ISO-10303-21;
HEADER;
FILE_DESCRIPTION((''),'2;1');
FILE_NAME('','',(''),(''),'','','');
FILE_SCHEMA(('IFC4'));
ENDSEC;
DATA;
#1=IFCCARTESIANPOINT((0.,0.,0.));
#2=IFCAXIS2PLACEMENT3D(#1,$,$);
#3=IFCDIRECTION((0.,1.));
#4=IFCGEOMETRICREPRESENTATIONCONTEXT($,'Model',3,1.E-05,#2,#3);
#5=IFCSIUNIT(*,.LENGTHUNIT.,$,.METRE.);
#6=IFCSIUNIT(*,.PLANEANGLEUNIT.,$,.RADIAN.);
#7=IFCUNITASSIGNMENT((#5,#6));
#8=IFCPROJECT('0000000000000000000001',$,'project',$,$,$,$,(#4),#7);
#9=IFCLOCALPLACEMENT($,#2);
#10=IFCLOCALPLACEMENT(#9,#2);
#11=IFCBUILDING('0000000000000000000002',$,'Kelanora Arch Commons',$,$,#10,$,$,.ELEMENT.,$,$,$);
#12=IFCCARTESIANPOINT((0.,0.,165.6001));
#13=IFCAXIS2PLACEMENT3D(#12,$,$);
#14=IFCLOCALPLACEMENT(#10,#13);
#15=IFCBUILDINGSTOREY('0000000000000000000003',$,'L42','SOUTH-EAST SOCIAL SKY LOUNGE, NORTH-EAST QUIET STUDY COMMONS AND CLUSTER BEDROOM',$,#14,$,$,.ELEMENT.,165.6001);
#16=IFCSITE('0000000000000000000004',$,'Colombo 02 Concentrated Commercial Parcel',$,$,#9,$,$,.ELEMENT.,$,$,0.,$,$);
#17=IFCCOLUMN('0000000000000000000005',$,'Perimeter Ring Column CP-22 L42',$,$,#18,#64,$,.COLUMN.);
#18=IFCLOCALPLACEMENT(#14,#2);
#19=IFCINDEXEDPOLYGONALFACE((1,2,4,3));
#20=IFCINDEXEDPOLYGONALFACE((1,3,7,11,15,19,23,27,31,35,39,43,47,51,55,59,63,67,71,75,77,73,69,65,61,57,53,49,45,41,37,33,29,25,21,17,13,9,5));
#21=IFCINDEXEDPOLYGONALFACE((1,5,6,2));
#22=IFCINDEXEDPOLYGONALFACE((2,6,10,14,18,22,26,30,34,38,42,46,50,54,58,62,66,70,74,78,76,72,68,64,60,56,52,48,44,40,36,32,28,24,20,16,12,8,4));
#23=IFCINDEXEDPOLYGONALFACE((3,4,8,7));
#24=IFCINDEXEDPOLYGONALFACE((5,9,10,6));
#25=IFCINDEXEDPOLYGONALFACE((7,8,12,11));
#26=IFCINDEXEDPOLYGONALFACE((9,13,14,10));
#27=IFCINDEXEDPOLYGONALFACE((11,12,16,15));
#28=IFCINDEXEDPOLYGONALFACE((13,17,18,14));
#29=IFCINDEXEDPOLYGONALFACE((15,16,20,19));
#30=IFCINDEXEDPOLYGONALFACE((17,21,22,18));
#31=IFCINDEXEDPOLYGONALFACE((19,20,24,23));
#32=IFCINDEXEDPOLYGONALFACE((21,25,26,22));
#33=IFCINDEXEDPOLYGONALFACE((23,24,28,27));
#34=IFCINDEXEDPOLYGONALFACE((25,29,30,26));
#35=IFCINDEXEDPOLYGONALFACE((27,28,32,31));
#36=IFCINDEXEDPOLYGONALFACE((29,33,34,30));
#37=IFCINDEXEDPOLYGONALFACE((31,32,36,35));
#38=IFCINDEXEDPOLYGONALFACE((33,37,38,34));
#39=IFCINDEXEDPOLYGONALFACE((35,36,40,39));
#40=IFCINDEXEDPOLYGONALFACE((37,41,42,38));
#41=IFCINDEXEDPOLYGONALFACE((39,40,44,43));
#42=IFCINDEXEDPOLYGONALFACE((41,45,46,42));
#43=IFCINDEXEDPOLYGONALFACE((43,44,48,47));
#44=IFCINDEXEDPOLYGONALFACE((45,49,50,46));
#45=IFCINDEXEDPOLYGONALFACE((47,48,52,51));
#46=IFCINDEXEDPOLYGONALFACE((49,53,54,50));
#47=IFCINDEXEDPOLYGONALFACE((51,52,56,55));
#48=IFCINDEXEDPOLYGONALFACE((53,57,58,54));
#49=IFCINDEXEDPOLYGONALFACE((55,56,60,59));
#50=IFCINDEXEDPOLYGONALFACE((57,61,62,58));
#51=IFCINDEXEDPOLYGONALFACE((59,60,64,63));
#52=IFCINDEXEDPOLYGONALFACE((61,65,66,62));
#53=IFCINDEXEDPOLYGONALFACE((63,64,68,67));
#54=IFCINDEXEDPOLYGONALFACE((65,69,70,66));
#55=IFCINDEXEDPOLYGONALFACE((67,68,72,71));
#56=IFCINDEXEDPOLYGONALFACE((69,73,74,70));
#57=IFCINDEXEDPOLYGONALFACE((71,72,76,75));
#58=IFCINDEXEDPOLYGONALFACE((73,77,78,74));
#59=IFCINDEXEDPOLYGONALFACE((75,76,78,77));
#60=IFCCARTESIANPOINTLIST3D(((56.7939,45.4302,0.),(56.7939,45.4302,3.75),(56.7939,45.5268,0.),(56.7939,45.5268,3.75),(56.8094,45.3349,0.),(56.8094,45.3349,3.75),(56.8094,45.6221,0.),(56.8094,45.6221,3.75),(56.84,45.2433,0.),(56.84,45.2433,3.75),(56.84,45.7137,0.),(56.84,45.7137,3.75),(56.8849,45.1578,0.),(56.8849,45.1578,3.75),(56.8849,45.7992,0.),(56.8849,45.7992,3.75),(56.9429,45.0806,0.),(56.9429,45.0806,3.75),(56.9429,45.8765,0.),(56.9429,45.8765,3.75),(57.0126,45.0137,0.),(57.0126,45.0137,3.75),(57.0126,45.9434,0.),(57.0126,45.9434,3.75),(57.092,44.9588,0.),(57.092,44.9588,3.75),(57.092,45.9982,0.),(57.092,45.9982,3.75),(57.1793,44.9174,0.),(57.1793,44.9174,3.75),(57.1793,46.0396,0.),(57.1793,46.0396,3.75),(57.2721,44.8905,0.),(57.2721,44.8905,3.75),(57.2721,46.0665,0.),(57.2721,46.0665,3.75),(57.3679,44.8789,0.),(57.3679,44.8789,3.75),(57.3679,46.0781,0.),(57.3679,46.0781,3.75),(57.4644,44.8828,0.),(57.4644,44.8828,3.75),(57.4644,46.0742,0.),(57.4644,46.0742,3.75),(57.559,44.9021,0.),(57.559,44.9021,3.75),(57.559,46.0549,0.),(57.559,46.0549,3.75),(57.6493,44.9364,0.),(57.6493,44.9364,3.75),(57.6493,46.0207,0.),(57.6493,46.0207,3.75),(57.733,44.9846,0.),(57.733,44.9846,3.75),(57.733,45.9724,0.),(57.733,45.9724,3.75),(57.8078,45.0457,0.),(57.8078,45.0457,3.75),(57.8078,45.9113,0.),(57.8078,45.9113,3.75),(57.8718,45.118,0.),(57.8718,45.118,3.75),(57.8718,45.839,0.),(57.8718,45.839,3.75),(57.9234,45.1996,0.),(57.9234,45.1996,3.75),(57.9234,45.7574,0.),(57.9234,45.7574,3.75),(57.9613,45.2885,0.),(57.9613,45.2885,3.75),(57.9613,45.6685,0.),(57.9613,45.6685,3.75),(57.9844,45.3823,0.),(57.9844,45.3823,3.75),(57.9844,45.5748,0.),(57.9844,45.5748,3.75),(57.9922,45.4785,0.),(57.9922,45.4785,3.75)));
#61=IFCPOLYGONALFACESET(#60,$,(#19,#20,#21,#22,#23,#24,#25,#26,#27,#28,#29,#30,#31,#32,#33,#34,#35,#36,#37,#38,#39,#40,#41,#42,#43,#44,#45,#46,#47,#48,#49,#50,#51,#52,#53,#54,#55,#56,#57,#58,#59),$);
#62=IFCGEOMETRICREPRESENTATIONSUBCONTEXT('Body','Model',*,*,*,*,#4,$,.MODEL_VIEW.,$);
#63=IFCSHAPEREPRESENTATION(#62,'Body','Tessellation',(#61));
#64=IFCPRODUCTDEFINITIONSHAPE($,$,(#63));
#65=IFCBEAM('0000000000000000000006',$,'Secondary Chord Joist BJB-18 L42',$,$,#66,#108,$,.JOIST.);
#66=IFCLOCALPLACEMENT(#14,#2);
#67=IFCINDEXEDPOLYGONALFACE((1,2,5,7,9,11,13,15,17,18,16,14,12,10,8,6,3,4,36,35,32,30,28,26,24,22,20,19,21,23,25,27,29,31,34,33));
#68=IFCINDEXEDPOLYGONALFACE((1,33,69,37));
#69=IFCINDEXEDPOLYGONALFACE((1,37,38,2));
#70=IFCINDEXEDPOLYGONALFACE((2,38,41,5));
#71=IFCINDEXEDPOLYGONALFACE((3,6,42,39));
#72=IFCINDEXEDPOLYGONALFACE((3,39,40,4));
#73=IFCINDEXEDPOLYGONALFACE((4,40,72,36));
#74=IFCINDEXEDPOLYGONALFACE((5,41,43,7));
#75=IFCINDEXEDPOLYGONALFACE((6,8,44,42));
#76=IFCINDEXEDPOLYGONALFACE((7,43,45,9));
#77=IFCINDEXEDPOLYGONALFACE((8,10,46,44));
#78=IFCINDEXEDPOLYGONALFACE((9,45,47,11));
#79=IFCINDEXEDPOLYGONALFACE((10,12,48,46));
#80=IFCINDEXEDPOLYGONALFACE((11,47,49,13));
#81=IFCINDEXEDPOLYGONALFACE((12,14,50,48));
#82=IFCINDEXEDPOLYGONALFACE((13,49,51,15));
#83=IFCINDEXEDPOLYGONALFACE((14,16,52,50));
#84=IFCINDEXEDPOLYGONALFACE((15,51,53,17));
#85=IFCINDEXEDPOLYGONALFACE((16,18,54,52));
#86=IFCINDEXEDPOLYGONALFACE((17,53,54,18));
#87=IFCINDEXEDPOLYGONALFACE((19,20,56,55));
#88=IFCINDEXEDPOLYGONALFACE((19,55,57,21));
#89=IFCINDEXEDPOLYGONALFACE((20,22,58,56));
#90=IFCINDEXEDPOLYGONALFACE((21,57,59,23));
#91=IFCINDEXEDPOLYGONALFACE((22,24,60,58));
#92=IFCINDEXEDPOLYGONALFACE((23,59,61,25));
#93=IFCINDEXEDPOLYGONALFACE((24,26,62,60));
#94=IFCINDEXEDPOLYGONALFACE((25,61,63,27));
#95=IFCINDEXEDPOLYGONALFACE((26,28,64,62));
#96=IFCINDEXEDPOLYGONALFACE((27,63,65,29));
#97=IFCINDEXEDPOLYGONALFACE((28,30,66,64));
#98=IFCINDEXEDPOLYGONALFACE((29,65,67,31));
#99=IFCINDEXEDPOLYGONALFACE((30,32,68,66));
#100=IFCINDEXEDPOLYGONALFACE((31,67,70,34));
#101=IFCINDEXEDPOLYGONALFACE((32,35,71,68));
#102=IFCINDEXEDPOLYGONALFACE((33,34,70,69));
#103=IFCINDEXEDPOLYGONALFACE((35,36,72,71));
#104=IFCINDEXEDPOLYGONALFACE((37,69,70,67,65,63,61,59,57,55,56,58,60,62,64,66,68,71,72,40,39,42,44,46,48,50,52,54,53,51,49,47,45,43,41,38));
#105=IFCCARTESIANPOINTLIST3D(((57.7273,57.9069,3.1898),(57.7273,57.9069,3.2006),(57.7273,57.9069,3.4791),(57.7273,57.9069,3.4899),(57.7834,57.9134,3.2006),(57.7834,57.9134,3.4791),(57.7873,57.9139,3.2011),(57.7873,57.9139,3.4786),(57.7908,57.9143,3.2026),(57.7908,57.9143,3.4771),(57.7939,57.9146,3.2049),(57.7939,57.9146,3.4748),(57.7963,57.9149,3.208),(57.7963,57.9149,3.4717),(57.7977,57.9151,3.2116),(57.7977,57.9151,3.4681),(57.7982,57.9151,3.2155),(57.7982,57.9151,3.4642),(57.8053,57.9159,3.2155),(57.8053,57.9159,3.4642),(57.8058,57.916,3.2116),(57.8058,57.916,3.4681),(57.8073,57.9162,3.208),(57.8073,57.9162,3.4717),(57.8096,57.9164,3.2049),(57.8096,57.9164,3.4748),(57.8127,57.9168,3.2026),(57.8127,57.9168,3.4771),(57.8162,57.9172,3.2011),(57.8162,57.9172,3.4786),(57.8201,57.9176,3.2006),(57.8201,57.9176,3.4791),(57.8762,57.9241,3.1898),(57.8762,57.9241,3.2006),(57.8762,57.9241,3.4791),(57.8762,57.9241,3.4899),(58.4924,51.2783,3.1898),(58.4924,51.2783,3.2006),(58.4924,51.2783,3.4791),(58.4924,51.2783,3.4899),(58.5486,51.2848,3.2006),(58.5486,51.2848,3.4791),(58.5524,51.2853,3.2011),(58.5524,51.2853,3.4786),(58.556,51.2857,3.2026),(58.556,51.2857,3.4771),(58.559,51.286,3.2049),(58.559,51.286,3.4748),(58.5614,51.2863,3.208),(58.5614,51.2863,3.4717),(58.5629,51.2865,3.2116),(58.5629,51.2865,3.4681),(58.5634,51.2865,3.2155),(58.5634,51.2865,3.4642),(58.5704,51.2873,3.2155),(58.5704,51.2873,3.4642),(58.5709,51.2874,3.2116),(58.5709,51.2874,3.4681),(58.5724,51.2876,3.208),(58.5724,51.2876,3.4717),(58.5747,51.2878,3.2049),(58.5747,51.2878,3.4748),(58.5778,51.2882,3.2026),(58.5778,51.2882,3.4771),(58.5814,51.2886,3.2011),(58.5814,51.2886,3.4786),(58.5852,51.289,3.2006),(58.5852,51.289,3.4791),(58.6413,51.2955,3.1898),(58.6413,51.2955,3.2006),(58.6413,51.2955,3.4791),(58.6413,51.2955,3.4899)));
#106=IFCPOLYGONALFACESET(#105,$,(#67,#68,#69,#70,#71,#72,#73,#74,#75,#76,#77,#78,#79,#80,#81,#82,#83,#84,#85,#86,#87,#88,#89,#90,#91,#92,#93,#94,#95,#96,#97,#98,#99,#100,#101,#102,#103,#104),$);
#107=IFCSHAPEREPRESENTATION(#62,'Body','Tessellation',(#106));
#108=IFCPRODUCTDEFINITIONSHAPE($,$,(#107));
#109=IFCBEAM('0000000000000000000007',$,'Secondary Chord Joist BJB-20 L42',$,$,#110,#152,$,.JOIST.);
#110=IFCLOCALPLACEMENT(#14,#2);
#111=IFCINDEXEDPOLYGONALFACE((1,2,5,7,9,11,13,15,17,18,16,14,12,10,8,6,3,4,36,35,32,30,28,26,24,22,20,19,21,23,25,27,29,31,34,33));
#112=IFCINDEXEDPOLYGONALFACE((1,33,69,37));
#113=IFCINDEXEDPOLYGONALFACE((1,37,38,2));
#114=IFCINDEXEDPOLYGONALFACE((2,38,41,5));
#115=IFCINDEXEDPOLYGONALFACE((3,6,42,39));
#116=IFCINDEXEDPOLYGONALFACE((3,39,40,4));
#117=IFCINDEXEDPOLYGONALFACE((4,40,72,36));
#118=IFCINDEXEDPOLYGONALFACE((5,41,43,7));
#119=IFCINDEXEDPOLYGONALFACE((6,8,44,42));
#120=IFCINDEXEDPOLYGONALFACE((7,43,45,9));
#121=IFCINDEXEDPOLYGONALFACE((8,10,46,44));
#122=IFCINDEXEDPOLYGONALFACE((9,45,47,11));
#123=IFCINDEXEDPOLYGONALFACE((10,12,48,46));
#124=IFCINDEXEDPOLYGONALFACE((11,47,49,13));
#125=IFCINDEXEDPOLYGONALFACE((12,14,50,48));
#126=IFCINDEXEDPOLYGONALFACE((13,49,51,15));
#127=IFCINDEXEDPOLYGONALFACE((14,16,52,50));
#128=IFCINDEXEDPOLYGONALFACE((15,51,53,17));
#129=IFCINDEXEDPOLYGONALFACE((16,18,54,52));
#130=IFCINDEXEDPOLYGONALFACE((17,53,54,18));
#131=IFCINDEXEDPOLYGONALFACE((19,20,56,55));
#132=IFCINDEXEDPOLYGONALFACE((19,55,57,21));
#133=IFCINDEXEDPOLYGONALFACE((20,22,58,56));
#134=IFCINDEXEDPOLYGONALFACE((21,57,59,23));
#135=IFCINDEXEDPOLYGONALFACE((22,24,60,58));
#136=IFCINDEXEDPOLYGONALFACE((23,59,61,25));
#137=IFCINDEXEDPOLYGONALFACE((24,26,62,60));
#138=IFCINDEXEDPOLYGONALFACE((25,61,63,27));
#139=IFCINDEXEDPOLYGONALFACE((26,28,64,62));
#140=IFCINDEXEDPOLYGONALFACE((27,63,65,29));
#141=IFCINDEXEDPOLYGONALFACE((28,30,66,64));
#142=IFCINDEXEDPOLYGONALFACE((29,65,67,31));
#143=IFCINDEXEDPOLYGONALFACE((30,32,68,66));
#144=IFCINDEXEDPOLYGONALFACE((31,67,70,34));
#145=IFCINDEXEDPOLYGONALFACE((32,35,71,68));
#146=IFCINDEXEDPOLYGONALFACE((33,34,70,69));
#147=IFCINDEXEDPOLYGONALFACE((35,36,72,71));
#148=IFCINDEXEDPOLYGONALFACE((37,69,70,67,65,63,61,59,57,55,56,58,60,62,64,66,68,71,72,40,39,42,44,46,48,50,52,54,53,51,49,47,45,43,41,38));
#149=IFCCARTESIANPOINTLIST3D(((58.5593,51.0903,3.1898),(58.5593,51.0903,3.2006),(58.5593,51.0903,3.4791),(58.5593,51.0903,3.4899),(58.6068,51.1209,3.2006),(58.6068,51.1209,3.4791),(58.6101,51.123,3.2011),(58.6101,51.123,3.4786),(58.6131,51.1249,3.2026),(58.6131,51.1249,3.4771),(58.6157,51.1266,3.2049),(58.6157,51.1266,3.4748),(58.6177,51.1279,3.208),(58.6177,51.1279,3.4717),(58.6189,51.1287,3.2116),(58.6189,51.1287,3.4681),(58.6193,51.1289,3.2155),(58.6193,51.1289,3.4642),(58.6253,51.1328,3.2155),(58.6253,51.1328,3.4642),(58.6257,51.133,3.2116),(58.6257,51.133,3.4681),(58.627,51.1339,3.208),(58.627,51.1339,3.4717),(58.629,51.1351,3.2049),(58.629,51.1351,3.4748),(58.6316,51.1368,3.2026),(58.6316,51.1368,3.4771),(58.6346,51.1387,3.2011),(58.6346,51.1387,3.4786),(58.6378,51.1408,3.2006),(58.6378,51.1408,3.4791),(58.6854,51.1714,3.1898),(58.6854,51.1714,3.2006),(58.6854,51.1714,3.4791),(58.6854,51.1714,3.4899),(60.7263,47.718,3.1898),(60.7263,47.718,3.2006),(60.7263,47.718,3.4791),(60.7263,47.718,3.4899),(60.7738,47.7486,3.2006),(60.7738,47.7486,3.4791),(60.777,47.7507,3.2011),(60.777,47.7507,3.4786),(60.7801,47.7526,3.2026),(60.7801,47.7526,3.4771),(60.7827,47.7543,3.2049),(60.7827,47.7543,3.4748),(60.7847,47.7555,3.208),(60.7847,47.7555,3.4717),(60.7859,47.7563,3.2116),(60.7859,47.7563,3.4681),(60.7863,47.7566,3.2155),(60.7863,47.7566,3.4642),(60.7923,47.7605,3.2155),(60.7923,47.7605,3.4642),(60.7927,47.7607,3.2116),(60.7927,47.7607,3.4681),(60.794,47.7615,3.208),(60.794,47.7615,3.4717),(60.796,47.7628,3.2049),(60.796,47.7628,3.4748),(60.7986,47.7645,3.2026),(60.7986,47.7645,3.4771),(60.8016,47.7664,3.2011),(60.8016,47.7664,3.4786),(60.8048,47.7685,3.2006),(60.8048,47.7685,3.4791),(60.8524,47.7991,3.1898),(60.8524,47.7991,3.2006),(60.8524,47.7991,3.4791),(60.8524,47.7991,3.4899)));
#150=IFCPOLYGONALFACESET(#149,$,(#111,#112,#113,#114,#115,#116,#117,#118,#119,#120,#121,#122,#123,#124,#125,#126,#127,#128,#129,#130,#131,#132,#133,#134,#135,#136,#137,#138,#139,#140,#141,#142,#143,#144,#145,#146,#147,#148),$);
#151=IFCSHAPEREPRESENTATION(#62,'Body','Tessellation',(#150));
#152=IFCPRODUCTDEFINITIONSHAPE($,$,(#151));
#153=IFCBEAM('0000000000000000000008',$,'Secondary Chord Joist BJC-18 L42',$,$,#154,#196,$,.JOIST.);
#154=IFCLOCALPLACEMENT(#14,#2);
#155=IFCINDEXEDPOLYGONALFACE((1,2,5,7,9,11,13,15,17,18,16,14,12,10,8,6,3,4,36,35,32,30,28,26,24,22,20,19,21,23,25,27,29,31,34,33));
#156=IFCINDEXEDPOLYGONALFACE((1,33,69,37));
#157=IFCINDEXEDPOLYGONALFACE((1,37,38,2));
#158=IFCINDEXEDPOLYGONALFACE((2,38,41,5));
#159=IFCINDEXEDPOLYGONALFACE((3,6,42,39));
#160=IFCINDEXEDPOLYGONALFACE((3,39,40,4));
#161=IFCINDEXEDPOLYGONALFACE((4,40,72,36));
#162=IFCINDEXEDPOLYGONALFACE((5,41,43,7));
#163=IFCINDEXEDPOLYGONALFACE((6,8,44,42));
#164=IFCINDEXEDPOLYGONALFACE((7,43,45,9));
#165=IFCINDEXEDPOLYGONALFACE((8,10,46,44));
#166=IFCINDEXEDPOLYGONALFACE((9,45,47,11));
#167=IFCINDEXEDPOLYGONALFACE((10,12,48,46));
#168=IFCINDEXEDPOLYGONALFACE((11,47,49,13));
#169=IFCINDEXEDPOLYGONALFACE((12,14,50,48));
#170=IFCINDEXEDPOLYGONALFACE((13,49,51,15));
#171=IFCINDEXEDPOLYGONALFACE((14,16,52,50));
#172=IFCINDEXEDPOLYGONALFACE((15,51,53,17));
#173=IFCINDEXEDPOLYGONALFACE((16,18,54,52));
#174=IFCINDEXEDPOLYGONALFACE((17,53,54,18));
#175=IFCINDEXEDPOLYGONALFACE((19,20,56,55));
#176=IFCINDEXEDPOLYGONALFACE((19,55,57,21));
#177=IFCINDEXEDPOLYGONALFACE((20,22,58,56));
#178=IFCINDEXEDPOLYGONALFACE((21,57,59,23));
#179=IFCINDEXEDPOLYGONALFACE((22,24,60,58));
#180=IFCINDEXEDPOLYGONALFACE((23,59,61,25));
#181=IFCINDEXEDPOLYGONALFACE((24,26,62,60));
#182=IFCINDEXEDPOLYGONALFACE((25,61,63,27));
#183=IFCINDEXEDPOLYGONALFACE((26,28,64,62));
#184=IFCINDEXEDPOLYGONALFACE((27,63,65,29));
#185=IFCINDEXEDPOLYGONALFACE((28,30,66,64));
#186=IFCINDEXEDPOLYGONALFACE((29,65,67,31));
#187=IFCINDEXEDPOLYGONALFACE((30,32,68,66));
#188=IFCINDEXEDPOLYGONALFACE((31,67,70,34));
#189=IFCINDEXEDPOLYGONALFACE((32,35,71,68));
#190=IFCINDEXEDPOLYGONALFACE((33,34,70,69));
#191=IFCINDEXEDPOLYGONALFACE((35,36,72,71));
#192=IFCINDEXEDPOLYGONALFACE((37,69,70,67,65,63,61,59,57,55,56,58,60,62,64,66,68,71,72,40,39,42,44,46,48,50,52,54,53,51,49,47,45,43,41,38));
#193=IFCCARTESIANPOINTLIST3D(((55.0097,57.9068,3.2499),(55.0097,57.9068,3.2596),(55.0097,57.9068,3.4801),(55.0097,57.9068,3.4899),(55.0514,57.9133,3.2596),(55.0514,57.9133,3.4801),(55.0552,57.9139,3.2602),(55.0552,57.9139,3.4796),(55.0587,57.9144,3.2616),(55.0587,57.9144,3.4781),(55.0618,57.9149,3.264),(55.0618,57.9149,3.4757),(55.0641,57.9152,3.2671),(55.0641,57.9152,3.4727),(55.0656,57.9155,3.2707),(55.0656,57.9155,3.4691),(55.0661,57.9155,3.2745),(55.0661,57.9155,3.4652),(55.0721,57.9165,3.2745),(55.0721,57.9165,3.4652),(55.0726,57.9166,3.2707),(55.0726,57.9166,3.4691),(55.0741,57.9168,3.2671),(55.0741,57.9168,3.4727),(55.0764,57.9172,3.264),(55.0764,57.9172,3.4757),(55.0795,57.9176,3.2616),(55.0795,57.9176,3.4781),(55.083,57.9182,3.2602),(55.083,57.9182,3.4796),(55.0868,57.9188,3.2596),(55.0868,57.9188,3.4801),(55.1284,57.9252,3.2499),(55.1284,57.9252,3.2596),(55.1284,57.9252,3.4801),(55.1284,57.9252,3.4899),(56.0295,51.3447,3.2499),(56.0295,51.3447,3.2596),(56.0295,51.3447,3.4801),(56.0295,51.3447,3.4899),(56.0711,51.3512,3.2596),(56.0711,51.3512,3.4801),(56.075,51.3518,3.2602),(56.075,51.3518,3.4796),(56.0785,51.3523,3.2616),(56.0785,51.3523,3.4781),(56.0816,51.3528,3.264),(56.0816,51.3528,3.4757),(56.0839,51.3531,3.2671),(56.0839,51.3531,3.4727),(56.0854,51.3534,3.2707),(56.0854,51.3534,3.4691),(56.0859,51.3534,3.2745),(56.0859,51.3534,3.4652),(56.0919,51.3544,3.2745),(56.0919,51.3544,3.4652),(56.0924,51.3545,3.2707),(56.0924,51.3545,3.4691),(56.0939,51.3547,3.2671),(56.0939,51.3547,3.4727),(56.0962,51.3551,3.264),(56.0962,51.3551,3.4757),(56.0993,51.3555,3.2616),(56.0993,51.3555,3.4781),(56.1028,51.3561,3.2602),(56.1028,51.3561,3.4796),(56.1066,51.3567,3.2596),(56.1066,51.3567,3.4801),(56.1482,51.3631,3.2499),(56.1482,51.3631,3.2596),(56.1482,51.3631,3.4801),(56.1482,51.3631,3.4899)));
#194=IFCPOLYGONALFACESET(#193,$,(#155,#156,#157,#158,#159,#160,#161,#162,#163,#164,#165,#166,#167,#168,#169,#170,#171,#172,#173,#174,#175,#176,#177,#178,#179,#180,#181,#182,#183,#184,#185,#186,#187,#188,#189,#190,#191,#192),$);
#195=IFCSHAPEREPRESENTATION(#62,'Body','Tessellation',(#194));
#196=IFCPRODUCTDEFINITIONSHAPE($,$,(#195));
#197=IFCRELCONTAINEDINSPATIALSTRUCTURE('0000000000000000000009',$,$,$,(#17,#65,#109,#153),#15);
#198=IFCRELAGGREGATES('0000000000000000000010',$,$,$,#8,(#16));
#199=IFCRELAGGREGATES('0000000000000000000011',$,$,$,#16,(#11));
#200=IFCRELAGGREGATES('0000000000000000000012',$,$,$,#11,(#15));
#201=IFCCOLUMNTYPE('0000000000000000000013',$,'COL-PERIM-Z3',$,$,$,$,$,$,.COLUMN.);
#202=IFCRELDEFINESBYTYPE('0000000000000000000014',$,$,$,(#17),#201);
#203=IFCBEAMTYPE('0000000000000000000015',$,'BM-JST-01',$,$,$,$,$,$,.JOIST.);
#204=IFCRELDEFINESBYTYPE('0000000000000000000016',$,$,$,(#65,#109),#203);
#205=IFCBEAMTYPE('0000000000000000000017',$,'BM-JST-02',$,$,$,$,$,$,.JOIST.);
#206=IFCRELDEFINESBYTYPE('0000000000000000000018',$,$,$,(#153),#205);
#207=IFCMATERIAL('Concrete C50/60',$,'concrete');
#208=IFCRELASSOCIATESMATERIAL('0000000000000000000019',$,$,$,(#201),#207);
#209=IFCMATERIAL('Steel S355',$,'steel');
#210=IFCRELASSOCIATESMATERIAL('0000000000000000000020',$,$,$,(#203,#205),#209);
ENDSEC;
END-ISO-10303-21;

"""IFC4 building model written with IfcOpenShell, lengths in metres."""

from ifc_helpers import new_model, si_unit, direction, frame, origin, origin_2d, place, context, subcontext, project, spatial, circle, i_section, extrude, material, material_profile, profile_set, type_object, element, save


model = new_model("IFC4")

# Units and contexts
model_context = context("Model", 3, precision=1e-05, world=origin(), true_north=direction((0.0, 1.0)))
body_context = subcontext(model_context, "Body", "Model", "MODEL_VIEW")
ifc_project = project(units=[si_unit("LENGTHUNIT", "METRE"), si_unit("PLANEANGLEUNIT", "RADIAN")], contexts=[model_context])

# Site, building, storey
site_placement = place(None, origin())
site = spatial("IfcSite", under=ifc_project, at=site_placement, Name="Colombo 02 Concentrated Commercial Parcel", CompositionType="ELEMENT", RefElevation=0.0)
building_placement = place(site_placement, origin())
building = spatial("IfcBuilding", under=site, at=building_placement, Name="Kelanora Arch Commons", CompositionType="ELEMENT")
storey_placement = place(building_placement, frame((0.0, 0.0, 165.6001)))
storey = spatial("IfcBuildingStorey", under=building, at=storey_placement, Name="L42", Description="SOUTH-EAST SOCIAL SKY LOUNGE, NORTH-EAST QUIET STUDY COMMONS AND CLUSTER BEDROOM", CompositionType="ELEMENT", Elevation=165.6001)

# Column
ifc_material_1 = material(Name="Concrete C50/60", Category="concrete")
ifc_material_profile_1 = material_profile(ifc_material_1, circle(Radius=0.6001, at=origin_2d()), Name="RCC1200")
ifc_profile_set_1 = profile_set([ifc_material_profile_1], Name="Concrete C50/60")
column_type = type_object("IfcColumnType", Name="COL-PERIM-Z3", PredefinedType="COLUMN", material=ifc_profile_set_1)
column_placement = place(storey_placement, frame((57.3921, 45.4785, 0.0), z_axis=(0.0, 0.0, 1.0), x_axis=(1.0, 0.0, 0.0)))
element("IfcColumn", 1, at=column_placement, inside=storey, type_object=column_type, Name="Perimeter Ring Column CP-22 L42", PredefinedType="COLUMN", context=body_context, shape_type="SweptSolid", body=[
    extrude(circle(Radius=0.6001, at=origin_2d()), origin(), (0.0, 0.0, 1.0), 3.75),
])

# Beams
ifc_material_2 = material(Name="Steel S355", Category="steel")
ifc_material_profile_2 = material_profile(ifc_material_2, i_section(OverallWidth=0.1499, OverallDepth=0.3, WebThickness=0.0071, FlangeThickness=0.0107, FilletRadius=0.0149, at=origin_2d()), Name="IPE300")
ifc_profile_set_2 = profile_set([ifc_material_profile_2], Name="Steel S355")
beam_type_1 = type_object("IfcBeamType", Name="BM-JST-01", PredefinedType="JOIST", material=ifc_profile_set_2)
beam_1_placement = place(storey_placement, frame((57.8018, 57.9155, 3.3398), z_axis=(0.114667, -0.993404, 0.0), x_axis=(0.993404, 0.114667, 0.0)))
element("IfcBeam", 2, at=beam_1_placement, inside=storey, type_object=beam_type_1, Name="Secondary Chord Joist BJB-18 L42", PredefinedType="JOIST", context=body_context, shape_type="SweptSolid", body=[
    extrude(i_section(OverallWidth=0.1499, OverallDepth=0.3, WebThickness=0.0071, FlangeThickness=0.0107, FilletRadius=0.0149, at=origin_2d()), origin(), (0.0, 0.0, 1.0), 6.6726),
])
beam_2_placement = place(storey_placement, frame((58.6223, 51.1309, 3.3398), z_axis=(0.540594, -0.841283, 0.0), x_axis=(0.841283, 0.540594, 0.0)))
element("IfcBeam", 3, at=beam_2_placement, inside=storey, type_object=beam_type_1, Name="Secondary Chord Joist BJB-20 L42", PredefinedType="JOIST", context=body_context, shape_type="SweptSolid", body=[
    extrude(i_section(OverallWidth=0.1499, OverallDepth=0.3, WebThickness=0.0071, FlangeThickness=0.0107, FilletRadius=0.0149, at=origin_2d()), origin(), (0.0, 0.0, 1.0), 4.0085),
])
ifc_material_profile_3 = material_profile(ifc_material_2, i_section(OverallWidth=0.1201, OverallDepth=0.24, WebThickness=0.0061, FlangeThickness=0.0098, FilletRadius=0.0149, at=origin_2d()), Name="IPE240")
ifc_profile_set_3 = profile_set([ifc_material_profile_3], Name="Steel S355")
beam_type_2 = type_object("IfcBeamType", Name="BM-JST-02", PredefinedType="JOIST", material=ifc_profile_set_3)
beam_3_placement = place(storey_placement, frame((55.0691, 57.916, 3.3699), z_axis=(0.153563, -0.988139, 0.0), x_axis=(0.988139, 0.153563, 0.0)))
element("IfcBeam", 4, at=beam_3_placement, inside=storey, type_object=beam_type_2, Name="Secondary Chord Joist BJC-18 L42", PredefinedType="JOIST", context=body_context, shape_type="SweptSolid", body=[
    extrude(i_section(OverallWidth=0.1201, OverallDepth=0.24, WebThickness=0.0061, FlangeThickness=0.0098, FilletRadius=0.0149, at=origin_2d()), origin(), (0.0, 0.0, 1.0), 6.6409),
])

save(model, "model.ifc")
